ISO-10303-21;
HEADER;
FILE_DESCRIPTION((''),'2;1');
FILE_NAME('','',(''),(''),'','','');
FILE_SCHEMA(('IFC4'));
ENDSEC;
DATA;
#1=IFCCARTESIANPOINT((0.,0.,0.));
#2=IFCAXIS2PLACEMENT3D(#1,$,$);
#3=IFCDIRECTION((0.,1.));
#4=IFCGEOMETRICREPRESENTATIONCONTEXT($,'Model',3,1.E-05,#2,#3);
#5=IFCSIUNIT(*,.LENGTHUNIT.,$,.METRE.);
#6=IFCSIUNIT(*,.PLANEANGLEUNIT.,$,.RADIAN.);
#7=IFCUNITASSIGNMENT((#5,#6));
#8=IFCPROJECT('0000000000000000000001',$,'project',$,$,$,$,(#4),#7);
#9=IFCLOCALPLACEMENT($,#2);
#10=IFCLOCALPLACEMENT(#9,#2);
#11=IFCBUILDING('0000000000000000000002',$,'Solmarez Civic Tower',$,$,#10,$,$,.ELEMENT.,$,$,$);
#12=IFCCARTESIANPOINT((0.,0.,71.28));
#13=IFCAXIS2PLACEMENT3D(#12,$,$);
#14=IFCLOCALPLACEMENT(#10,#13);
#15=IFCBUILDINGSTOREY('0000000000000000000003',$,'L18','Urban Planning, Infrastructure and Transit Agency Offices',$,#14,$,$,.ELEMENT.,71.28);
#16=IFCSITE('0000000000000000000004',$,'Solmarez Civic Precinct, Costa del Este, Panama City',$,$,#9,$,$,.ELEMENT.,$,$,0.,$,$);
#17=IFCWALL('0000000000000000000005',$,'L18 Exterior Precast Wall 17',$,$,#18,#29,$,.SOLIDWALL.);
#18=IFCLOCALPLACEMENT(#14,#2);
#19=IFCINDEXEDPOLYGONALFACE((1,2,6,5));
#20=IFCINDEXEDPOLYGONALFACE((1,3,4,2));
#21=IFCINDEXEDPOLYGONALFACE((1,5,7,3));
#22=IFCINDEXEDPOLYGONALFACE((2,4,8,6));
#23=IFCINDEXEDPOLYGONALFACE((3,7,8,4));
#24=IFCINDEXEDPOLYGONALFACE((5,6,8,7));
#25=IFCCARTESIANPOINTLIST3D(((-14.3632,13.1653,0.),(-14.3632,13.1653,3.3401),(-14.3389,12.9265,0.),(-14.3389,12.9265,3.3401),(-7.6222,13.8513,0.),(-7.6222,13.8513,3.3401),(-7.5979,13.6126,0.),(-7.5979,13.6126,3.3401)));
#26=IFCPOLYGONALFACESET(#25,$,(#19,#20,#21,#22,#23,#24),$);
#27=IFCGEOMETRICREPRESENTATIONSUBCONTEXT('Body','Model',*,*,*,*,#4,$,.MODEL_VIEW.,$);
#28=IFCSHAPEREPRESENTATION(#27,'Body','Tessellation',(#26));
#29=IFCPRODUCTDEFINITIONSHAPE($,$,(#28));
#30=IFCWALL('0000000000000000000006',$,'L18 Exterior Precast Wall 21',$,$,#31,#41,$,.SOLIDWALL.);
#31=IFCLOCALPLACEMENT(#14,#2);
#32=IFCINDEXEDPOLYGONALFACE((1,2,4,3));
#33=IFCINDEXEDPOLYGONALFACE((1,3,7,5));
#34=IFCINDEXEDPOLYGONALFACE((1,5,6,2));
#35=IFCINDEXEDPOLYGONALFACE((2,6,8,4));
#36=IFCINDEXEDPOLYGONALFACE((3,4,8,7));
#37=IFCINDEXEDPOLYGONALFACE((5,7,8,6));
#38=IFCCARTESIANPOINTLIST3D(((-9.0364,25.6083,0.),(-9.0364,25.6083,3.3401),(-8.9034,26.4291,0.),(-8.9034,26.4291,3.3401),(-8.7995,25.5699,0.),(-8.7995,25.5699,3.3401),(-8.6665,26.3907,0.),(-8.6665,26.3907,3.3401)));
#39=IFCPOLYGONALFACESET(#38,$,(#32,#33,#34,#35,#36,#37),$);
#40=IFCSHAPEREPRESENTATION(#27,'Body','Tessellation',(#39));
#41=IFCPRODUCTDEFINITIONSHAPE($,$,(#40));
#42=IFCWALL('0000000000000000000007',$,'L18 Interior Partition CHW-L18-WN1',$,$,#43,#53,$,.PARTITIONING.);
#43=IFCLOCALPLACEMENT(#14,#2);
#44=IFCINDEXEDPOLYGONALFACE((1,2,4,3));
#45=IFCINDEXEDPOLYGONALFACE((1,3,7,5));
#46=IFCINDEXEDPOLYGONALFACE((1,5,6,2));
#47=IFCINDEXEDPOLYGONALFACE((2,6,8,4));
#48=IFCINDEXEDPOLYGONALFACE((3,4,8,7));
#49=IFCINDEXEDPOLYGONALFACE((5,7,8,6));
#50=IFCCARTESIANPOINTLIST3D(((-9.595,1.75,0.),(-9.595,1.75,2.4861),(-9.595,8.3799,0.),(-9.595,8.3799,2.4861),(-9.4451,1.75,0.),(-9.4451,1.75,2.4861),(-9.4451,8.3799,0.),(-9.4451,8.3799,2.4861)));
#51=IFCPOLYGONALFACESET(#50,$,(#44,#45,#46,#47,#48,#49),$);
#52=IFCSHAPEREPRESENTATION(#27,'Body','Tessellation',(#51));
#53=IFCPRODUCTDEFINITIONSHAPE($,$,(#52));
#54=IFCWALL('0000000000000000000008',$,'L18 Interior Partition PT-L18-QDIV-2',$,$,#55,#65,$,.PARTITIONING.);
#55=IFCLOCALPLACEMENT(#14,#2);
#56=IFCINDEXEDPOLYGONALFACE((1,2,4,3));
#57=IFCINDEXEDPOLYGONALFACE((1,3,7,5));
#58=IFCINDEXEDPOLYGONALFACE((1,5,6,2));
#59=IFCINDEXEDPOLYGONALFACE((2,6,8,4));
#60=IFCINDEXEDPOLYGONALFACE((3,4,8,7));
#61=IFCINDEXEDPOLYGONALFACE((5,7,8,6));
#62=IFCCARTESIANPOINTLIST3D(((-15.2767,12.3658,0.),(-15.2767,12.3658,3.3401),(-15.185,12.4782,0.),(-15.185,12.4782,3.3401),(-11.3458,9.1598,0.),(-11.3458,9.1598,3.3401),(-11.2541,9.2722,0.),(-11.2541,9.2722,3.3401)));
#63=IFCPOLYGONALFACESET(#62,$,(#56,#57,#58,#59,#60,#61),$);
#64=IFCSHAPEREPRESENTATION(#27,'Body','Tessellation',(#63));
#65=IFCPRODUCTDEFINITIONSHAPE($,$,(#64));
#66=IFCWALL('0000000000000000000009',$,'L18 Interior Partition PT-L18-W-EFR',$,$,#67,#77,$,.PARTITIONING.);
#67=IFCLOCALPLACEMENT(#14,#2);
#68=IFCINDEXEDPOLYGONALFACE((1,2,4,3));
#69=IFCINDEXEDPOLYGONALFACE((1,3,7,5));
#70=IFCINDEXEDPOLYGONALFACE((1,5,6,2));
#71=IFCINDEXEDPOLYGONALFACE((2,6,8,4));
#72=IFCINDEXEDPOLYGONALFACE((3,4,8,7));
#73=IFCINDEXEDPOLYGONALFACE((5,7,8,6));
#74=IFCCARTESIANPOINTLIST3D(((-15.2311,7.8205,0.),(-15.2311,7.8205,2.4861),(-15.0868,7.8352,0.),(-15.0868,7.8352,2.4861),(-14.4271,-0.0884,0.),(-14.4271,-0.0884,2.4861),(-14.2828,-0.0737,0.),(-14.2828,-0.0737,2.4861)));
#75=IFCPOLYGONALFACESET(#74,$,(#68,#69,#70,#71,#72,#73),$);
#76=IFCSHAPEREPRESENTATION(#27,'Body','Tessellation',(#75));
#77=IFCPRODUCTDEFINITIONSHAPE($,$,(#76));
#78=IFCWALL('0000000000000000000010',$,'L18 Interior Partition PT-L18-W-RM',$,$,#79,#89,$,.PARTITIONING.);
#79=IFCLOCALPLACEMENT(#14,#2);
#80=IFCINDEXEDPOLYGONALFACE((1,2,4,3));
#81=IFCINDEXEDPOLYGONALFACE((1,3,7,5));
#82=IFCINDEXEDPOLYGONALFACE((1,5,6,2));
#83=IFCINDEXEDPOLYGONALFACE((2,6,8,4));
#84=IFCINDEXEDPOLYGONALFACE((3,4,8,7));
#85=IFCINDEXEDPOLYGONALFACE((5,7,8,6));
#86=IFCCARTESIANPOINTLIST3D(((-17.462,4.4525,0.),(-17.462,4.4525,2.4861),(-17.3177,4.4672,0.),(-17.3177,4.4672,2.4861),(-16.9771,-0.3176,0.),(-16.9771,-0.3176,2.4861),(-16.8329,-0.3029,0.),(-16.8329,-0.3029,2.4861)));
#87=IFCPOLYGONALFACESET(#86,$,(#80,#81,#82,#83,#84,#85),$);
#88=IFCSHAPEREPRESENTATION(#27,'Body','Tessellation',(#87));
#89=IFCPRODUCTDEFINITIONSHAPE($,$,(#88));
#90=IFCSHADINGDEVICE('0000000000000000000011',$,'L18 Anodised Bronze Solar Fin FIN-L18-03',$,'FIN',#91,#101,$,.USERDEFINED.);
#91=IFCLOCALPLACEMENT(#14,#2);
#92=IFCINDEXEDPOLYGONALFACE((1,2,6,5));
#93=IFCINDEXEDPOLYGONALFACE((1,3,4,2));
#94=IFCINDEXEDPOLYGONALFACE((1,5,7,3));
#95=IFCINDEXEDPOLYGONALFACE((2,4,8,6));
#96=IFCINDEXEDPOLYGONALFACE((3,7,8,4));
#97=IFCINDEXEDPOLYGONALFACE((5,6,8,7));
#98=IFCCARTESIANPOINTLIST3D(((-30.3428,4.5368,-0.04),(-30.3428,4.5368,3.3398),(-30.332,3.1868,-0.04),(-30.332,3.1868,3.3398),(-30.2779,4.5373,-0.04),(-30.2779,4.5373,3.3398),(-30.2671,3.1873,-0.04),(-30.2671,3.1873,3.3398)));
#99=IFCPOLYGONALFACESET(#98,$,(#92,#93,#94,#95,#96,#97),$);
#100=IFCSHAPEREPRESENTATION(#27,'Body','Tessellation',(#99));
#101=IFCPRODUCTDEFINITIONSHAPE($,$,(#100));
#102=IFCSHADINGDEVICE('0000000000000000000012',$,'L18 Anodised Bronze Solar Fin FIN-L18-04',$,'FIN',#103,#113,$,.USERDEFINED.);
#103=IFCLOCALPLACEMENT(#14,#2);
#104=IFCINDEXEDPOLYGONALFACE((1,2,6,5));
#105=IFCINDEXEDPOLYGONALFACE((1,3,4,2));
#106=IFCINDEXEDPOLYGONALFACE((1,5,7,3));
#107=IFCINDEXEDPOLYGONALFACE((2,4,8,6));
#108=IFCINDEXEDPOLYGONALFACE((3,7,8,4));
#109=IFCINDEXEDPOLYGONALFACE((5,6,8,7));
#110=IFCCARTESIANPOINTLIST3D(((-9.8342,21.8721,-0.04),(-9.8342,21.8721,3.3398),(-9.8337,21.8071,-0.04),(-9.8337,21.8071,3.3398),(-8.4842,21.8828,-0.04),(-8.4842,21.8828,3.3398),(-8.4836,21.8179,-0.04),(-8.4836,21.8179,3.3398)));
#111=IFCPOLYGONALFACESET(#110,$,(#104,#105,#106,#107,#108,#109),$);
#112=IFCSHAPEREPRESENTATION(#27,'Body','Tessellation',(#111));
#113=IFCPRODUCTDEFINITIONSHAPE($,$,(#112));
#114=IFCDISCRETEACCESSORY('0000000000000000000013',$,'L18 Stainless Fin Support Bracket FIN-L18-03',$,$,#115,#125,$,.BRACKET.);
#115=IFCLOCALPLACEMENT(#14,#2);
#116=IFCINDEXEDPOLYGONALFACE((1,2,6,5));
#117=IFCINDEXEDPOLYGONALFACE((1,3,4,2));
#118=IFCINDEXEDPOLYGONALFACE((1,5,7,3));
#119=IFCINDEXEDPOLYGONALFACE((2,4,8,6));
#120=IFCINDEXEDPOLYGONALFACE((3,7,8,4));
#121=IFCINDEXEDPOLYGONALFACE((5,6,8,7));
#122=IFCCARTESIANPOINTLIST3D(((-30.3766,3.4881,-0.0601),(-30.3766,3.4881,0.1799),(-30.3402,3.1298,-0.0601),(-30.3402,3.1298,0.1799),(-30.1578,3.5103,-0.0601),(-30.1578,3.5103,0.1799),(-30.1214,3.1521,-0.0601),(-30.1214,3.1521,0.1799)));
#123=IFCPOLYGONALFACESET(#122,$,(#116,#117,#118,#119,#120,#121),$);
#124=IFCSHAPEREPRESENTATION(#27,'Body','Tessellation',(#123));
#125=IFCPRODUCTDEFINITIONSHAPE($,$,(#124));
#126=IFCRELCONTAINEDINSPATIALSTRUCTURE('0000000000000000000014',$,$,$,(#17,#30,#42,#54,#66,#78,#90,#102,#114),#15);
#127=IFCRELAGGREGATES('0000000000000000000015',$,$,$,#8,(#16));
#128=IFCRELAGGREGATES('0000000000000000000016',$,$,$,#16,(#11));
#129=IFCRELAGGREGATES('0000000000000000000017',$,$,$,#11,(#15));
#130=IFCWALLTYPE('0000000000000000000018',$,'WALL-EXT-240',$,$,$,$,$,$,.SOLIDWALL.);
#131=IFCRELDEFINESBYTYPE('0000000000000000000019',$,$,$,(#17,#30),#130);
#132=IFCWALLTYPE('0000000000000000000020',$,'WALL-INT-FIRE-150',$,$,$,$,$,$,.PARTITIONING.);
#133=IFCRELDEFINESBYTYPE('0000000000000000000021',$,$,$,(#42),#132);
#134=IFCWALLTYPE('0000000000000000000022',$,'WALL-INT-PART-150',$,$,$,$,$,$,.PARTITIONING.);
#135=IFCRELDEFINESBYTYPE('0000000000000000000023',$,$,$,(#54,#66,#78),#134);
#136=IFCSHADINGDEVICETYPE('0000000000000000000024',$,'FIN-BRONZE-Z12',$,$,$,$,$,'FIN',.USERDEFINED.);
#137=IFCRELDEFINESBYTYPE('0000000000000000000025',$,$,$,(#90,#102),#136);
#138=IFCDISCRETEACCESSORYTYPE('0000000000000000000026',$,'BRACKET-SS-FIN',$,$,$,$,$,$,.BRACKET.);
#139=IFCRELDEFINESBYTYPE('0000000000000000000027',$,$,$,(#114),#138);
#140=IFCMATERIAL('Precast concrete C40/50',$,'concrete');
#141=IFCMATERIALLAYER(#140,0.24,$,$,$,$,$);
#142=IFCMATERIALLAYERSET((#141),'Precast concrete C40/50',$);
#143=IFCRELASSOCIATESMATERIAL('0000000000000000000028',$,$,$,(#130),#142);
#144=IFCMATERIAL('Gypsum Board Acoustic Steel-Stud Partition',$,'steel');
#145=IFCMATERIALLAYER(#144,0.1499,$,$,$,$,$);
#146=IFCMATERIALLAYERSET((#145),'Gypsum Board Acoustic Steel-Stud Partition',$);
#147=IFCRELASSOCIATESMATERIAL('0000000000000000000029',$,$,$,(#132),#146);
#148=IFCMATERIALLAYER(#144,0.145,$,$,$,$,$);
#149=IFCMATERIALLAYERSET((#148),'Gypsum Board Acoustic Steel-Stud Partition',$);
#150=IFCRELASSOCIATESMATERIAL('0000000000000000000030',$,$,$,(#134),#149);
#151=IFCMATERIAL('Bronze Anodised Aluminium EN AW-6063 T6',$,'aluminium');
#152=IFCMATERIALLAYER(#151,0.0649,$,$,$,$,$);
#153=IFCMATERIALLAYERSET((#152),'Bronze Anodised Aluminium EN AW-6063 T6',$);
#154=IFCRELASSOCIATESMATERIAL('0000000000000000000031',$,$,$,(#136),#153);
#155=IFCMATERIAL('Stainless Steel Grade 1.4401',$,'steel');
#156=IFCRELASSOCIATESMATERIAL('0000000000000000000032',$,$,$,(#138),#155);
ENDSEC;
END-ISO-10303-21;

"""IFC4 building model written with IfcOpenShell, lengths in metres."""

from ifc_helpers import new_model, si_unit, direction, frame, frame_2d, origin, origin_2d, place, context, subcontext, project, spatial, rectangle, extrude, material, layer, layer_set, type_object, element, save


model = new_model("IFC4")

# Units and contexts
model_context = context("Model", 3, precision=1e-05, world=origin(), true_north=direction((0.0, 1.0)))
body_context = subcontext(model_context, "Body", "Model", "MODEL_VIEW")
ifc_project = project(units=[si_unit("LENGTHUNIT", "METRE"), si_unit("PLANEANGLEUNIT", "RADIAN")], contexts=[model_context])

# Site, building, storey
site_placement = place(None, origin())
site = spatial("IfcSite", under=ifc_project, at=site_placement, Name="Solmarez Civic Precinct, Costa del Este, Panama City", CompositionType="ELEMENT", RefElevation=0.0)
building_placement = place(site_placement, origin())
building = spatial("IfcBuilding", under=site, at=building_placement, Name="Solmarez Civic Tower", CompositionType="ELEMENT")
storey_placement = place(building_placement, frame((0.0, 0.0, 71.28)))
storey = spatial("IfcBuildingStorey", under=building, at=storey_placement, Name="L18", Description="Urban Planning, Infrastructure and Transit Agency Offices", CompositionType="ELEMENT", Elevation=71.28)

# Shared definitions
ifc_material_1 = material(Name="Precast concrete C40/50", Category="concrete")
ifc_layer_1 = layer(ifc_material_1, 0.24)
ifc_layer_set_1 = layer_set([ifc_layer_1], Name="Precast concrete C40/50")
wall_type_1 = type_object("IfcWallType", Name="WALL-EXT-240", PredefinedType="SOLIDWALL", material=ifc_layer_set_1)

# Walls
wall_1_placement = place(storey_placement, frame((-14.3511, 13.0459, 0.0), z_axis=(0.0, 0.0, 1.0), x_axis=(0.994861, 0.101248, 0.0)))
element("IfcWall", 1, at=wall_1_placement, inside=storey, type_object=wall_type_1, Name="L18 Exterior Precast Wall 17", PredefinedType="SOLIDWALL", context=body_context, shape_type="SweptSolid", body=[
    extrude(rectangle(XDim=6.7759, YDim=0.24, at=frame_2d((3.3879, 0.0))), origin(), (0.0, 0.0, 1.0), 3.3401),
])
wall_2_placement = place(storey_placement, frame((-8.918, 25.5891, 0.0), z_axis=(0.0, 0.0, 1.0), x_axis=(0.160017, 0.987114, 0.0)))
element("IfcWall", 2, at=wall_2_placement, inside=storey, type_object=wall_type_1, Name="L18 Exterior Precast Wall 21", PredefinedType="SOLIDWALL", context=body_context, shape_type="SweptSolid", body=[
    extrude(rectangle(XDim=0.8315, YDim=0.24, at=frame_2d((0.4158, 0.0))), origin(), (0.0, 0.0, 1.0), 3.3401),
])
ifc_material_2 = material(Name="Gypsum Board Acoustic Steel-Stud Partition", Category="steel")
ifc_layer_2 = layer(ifc_material_2, 0.1499)
ifc_layer_set_2 = layer_set([ifc_layer_2], Name="Gypsum Board Acoustic Steel-Stud Partition")
wall_type_2 = type_object("IfcWallType", Name="WALL-INT-FIRE-150", PredefinedType="PARTITIONING", material=ifc_layer_set_2)
wall_3_placement = place(storey_placement, frame((-9.52, 1.75, 0.0), z_axis=(0.0, 0.0, 1.0), x_axis=(0.0, 1.0, 0.0)))
element("IfcWall", 3, at=wall_3_placement, inside=storey, type_object=wall_type_2, Name="L18 Interior Partition CHW-L18-WN1", PredefinedType="PARTITIONING", context=body_context, shape_type="SweptSolid", body=[
    extrude(rectangle(XDim=6.6299, YDim=0.1499, at=frame_2d((3.3149, 0.0))), origin(), (0.0, 0.0, 1.0), 2.4861),
])
ifc_layer_3 = layer(ifc_material_2, 0.145)
ifc_layer_set_3 = layer_set([ifc_layer_3], Name="Gypsum Board Acoustic Steel-Stud Partition")
wall_type_3 = type_object("IfcWallType", Name="WALL-INT-PART-150", PredefinedType="PARTITIONING", material=ifc_layer_set_3)
wall_4_placement = place(storey_placement, frame((-11.3, 9.2161, 0.0), z_axis=(0.0, 0.0, 1.0), x_axis=(-0.774936, 0.632039, 0.0)))
element("IfcWall", 4, at=wall_4_placement, inside=storey, type_object=wall_type_3, Name="L18 Interior Partition PT-L18-QDIV-2", PredefinedType="PARTITIONING", context=body_context, shape_type="SweptSolid", body=[
    extrude(rectangle(XDim=5.0725, YDim=0.145, at=frame_2d((2.5361, 0.0))), origin(), (0.0, 0.0, 1.0), 3.3401),
])
wall_5_placement = place(storey_placement, frame((-15.1589, 7.8279, 0.0), z_axis=(0.0, 0.0, 1.0), x_axis=(0.10113, -0.994873, 0.0)))
element("IfcWall", 5, at=wall_5_placement, inside=storey, type_object=wall_type_3, Name="L18 Interior Partition PT-L18-W-EFR", PredefinedType="PARTITIONING", context=body_context, shape_type="SweptSolid", body=[
    extrude(rectangle(XDim=7.9497, YDim=0.145, at=frame_2d((3.9749, 0.0))), origin(), (0.0, 0.0, 1.0), 2.4861),
])
wall_6_placement = place(storey_placement, frame((-17.3899, 4.46, 0.0), z_axis=(0.0, 0.0, 1.0), x_axis=(0.101127, -0.994874, 0.0)))
element("IfcWall", 6, at=wall_6_placement, inside=storey, type_object=wall_type_3, Name="L18 Interior Partition PT-L18-W-RM", PredefinedType="PARTITIONING", context=body_context, shape_type="SweptSolid", body=[
    extrude(rectangle(XDim=4.7947, YDim=0.145, at=frame_2d((2.3975, 0.0))), origin(), (0.0, 0.0, 1.0), 2.4861),
])

# Shading devices
ifc_material_3 = material(Name="Bronze Anodised Aluminium EN AW-6063 T6", Category="aluminium")
ifc_layer_4 = layer(ifc_material_3, 0.0649)
ifc_layer_set_4 = layer_set([ifc_layer_4], Name="Bronze Anodised Aluminium EN AW-6063 T6")
shading_device_type = type_object("IfcShadingDeviceType", Name="FIN-BRONZE-Z12", ElementType="FIN", PredefinedType="USERDEFINED", material=ifc_layer_set_4)
for number, where, z_axis, x_axis, name in (
    (7, (-30.3049, 3.8621, -0.04), (0.0, 0.0, 1.0), (-0.007994, 0.999968, 0.0), "L18 Anodised Bronze Solar Fin FIN-L18-03"),
    (8, (-9.1589, 21.845, -0.04), (0.0, 0.0, 1.0), (-0.999968, -0.007959, 0.0), "L18 Anodised Bronze Solar Fin FIN-L18-04"),
):
    element("IfcShadingDevice", number, at=place(storey_placement, frame(where, z_axis=z_axis, x_axis=x_axis)), inside=storey, type_object=shading_device_type, Name=name, ObjectType="FIN", PredefinedType="USERDEFINED", context=body_context, shape_type="SweptSolid", body=[
        extrude(rectangle(XDim=1.3501, YDim=0.0649, at=origin_2d()), origin(), (0.0, 0.0, 1.0), 3.3799),
    ])

# Discrete accessory
ifc_material_4 = material(Name="Stainless Steel Grade 1.4401", Category="steel")
discrete_accessory_type = type_object("IfcDiscreteAccessoryType", Name="BRACKET-SS-FIN", PredefinedType="BRACKET", material=ifc_material_4)
discrete_accessory_placement = place(storey_placement, frame((-30.249, 3.3201, -0.0601), z_axis=(0.0, 0.0, 1.0), x_axis=(-0.101091, 0.994877, 0.0)))
element("IfcDiscreteAccessory", 9, at=discrete_accessory_placement, inside=storey, type_object=discrete_accessory_type, Name="L18 Stainless Fin Support Bracket FIN-L18-03", PredefinedType="BRACKET", context=body_context, shape_type="SweptSolid", body=[
    extrude(rectangle(XDim=0.3601, YDim=0.22, at=origin_2d()), origin(), (0.0, 0.0, 1.0), 0.24),
])

save(model, "model.ifc")
